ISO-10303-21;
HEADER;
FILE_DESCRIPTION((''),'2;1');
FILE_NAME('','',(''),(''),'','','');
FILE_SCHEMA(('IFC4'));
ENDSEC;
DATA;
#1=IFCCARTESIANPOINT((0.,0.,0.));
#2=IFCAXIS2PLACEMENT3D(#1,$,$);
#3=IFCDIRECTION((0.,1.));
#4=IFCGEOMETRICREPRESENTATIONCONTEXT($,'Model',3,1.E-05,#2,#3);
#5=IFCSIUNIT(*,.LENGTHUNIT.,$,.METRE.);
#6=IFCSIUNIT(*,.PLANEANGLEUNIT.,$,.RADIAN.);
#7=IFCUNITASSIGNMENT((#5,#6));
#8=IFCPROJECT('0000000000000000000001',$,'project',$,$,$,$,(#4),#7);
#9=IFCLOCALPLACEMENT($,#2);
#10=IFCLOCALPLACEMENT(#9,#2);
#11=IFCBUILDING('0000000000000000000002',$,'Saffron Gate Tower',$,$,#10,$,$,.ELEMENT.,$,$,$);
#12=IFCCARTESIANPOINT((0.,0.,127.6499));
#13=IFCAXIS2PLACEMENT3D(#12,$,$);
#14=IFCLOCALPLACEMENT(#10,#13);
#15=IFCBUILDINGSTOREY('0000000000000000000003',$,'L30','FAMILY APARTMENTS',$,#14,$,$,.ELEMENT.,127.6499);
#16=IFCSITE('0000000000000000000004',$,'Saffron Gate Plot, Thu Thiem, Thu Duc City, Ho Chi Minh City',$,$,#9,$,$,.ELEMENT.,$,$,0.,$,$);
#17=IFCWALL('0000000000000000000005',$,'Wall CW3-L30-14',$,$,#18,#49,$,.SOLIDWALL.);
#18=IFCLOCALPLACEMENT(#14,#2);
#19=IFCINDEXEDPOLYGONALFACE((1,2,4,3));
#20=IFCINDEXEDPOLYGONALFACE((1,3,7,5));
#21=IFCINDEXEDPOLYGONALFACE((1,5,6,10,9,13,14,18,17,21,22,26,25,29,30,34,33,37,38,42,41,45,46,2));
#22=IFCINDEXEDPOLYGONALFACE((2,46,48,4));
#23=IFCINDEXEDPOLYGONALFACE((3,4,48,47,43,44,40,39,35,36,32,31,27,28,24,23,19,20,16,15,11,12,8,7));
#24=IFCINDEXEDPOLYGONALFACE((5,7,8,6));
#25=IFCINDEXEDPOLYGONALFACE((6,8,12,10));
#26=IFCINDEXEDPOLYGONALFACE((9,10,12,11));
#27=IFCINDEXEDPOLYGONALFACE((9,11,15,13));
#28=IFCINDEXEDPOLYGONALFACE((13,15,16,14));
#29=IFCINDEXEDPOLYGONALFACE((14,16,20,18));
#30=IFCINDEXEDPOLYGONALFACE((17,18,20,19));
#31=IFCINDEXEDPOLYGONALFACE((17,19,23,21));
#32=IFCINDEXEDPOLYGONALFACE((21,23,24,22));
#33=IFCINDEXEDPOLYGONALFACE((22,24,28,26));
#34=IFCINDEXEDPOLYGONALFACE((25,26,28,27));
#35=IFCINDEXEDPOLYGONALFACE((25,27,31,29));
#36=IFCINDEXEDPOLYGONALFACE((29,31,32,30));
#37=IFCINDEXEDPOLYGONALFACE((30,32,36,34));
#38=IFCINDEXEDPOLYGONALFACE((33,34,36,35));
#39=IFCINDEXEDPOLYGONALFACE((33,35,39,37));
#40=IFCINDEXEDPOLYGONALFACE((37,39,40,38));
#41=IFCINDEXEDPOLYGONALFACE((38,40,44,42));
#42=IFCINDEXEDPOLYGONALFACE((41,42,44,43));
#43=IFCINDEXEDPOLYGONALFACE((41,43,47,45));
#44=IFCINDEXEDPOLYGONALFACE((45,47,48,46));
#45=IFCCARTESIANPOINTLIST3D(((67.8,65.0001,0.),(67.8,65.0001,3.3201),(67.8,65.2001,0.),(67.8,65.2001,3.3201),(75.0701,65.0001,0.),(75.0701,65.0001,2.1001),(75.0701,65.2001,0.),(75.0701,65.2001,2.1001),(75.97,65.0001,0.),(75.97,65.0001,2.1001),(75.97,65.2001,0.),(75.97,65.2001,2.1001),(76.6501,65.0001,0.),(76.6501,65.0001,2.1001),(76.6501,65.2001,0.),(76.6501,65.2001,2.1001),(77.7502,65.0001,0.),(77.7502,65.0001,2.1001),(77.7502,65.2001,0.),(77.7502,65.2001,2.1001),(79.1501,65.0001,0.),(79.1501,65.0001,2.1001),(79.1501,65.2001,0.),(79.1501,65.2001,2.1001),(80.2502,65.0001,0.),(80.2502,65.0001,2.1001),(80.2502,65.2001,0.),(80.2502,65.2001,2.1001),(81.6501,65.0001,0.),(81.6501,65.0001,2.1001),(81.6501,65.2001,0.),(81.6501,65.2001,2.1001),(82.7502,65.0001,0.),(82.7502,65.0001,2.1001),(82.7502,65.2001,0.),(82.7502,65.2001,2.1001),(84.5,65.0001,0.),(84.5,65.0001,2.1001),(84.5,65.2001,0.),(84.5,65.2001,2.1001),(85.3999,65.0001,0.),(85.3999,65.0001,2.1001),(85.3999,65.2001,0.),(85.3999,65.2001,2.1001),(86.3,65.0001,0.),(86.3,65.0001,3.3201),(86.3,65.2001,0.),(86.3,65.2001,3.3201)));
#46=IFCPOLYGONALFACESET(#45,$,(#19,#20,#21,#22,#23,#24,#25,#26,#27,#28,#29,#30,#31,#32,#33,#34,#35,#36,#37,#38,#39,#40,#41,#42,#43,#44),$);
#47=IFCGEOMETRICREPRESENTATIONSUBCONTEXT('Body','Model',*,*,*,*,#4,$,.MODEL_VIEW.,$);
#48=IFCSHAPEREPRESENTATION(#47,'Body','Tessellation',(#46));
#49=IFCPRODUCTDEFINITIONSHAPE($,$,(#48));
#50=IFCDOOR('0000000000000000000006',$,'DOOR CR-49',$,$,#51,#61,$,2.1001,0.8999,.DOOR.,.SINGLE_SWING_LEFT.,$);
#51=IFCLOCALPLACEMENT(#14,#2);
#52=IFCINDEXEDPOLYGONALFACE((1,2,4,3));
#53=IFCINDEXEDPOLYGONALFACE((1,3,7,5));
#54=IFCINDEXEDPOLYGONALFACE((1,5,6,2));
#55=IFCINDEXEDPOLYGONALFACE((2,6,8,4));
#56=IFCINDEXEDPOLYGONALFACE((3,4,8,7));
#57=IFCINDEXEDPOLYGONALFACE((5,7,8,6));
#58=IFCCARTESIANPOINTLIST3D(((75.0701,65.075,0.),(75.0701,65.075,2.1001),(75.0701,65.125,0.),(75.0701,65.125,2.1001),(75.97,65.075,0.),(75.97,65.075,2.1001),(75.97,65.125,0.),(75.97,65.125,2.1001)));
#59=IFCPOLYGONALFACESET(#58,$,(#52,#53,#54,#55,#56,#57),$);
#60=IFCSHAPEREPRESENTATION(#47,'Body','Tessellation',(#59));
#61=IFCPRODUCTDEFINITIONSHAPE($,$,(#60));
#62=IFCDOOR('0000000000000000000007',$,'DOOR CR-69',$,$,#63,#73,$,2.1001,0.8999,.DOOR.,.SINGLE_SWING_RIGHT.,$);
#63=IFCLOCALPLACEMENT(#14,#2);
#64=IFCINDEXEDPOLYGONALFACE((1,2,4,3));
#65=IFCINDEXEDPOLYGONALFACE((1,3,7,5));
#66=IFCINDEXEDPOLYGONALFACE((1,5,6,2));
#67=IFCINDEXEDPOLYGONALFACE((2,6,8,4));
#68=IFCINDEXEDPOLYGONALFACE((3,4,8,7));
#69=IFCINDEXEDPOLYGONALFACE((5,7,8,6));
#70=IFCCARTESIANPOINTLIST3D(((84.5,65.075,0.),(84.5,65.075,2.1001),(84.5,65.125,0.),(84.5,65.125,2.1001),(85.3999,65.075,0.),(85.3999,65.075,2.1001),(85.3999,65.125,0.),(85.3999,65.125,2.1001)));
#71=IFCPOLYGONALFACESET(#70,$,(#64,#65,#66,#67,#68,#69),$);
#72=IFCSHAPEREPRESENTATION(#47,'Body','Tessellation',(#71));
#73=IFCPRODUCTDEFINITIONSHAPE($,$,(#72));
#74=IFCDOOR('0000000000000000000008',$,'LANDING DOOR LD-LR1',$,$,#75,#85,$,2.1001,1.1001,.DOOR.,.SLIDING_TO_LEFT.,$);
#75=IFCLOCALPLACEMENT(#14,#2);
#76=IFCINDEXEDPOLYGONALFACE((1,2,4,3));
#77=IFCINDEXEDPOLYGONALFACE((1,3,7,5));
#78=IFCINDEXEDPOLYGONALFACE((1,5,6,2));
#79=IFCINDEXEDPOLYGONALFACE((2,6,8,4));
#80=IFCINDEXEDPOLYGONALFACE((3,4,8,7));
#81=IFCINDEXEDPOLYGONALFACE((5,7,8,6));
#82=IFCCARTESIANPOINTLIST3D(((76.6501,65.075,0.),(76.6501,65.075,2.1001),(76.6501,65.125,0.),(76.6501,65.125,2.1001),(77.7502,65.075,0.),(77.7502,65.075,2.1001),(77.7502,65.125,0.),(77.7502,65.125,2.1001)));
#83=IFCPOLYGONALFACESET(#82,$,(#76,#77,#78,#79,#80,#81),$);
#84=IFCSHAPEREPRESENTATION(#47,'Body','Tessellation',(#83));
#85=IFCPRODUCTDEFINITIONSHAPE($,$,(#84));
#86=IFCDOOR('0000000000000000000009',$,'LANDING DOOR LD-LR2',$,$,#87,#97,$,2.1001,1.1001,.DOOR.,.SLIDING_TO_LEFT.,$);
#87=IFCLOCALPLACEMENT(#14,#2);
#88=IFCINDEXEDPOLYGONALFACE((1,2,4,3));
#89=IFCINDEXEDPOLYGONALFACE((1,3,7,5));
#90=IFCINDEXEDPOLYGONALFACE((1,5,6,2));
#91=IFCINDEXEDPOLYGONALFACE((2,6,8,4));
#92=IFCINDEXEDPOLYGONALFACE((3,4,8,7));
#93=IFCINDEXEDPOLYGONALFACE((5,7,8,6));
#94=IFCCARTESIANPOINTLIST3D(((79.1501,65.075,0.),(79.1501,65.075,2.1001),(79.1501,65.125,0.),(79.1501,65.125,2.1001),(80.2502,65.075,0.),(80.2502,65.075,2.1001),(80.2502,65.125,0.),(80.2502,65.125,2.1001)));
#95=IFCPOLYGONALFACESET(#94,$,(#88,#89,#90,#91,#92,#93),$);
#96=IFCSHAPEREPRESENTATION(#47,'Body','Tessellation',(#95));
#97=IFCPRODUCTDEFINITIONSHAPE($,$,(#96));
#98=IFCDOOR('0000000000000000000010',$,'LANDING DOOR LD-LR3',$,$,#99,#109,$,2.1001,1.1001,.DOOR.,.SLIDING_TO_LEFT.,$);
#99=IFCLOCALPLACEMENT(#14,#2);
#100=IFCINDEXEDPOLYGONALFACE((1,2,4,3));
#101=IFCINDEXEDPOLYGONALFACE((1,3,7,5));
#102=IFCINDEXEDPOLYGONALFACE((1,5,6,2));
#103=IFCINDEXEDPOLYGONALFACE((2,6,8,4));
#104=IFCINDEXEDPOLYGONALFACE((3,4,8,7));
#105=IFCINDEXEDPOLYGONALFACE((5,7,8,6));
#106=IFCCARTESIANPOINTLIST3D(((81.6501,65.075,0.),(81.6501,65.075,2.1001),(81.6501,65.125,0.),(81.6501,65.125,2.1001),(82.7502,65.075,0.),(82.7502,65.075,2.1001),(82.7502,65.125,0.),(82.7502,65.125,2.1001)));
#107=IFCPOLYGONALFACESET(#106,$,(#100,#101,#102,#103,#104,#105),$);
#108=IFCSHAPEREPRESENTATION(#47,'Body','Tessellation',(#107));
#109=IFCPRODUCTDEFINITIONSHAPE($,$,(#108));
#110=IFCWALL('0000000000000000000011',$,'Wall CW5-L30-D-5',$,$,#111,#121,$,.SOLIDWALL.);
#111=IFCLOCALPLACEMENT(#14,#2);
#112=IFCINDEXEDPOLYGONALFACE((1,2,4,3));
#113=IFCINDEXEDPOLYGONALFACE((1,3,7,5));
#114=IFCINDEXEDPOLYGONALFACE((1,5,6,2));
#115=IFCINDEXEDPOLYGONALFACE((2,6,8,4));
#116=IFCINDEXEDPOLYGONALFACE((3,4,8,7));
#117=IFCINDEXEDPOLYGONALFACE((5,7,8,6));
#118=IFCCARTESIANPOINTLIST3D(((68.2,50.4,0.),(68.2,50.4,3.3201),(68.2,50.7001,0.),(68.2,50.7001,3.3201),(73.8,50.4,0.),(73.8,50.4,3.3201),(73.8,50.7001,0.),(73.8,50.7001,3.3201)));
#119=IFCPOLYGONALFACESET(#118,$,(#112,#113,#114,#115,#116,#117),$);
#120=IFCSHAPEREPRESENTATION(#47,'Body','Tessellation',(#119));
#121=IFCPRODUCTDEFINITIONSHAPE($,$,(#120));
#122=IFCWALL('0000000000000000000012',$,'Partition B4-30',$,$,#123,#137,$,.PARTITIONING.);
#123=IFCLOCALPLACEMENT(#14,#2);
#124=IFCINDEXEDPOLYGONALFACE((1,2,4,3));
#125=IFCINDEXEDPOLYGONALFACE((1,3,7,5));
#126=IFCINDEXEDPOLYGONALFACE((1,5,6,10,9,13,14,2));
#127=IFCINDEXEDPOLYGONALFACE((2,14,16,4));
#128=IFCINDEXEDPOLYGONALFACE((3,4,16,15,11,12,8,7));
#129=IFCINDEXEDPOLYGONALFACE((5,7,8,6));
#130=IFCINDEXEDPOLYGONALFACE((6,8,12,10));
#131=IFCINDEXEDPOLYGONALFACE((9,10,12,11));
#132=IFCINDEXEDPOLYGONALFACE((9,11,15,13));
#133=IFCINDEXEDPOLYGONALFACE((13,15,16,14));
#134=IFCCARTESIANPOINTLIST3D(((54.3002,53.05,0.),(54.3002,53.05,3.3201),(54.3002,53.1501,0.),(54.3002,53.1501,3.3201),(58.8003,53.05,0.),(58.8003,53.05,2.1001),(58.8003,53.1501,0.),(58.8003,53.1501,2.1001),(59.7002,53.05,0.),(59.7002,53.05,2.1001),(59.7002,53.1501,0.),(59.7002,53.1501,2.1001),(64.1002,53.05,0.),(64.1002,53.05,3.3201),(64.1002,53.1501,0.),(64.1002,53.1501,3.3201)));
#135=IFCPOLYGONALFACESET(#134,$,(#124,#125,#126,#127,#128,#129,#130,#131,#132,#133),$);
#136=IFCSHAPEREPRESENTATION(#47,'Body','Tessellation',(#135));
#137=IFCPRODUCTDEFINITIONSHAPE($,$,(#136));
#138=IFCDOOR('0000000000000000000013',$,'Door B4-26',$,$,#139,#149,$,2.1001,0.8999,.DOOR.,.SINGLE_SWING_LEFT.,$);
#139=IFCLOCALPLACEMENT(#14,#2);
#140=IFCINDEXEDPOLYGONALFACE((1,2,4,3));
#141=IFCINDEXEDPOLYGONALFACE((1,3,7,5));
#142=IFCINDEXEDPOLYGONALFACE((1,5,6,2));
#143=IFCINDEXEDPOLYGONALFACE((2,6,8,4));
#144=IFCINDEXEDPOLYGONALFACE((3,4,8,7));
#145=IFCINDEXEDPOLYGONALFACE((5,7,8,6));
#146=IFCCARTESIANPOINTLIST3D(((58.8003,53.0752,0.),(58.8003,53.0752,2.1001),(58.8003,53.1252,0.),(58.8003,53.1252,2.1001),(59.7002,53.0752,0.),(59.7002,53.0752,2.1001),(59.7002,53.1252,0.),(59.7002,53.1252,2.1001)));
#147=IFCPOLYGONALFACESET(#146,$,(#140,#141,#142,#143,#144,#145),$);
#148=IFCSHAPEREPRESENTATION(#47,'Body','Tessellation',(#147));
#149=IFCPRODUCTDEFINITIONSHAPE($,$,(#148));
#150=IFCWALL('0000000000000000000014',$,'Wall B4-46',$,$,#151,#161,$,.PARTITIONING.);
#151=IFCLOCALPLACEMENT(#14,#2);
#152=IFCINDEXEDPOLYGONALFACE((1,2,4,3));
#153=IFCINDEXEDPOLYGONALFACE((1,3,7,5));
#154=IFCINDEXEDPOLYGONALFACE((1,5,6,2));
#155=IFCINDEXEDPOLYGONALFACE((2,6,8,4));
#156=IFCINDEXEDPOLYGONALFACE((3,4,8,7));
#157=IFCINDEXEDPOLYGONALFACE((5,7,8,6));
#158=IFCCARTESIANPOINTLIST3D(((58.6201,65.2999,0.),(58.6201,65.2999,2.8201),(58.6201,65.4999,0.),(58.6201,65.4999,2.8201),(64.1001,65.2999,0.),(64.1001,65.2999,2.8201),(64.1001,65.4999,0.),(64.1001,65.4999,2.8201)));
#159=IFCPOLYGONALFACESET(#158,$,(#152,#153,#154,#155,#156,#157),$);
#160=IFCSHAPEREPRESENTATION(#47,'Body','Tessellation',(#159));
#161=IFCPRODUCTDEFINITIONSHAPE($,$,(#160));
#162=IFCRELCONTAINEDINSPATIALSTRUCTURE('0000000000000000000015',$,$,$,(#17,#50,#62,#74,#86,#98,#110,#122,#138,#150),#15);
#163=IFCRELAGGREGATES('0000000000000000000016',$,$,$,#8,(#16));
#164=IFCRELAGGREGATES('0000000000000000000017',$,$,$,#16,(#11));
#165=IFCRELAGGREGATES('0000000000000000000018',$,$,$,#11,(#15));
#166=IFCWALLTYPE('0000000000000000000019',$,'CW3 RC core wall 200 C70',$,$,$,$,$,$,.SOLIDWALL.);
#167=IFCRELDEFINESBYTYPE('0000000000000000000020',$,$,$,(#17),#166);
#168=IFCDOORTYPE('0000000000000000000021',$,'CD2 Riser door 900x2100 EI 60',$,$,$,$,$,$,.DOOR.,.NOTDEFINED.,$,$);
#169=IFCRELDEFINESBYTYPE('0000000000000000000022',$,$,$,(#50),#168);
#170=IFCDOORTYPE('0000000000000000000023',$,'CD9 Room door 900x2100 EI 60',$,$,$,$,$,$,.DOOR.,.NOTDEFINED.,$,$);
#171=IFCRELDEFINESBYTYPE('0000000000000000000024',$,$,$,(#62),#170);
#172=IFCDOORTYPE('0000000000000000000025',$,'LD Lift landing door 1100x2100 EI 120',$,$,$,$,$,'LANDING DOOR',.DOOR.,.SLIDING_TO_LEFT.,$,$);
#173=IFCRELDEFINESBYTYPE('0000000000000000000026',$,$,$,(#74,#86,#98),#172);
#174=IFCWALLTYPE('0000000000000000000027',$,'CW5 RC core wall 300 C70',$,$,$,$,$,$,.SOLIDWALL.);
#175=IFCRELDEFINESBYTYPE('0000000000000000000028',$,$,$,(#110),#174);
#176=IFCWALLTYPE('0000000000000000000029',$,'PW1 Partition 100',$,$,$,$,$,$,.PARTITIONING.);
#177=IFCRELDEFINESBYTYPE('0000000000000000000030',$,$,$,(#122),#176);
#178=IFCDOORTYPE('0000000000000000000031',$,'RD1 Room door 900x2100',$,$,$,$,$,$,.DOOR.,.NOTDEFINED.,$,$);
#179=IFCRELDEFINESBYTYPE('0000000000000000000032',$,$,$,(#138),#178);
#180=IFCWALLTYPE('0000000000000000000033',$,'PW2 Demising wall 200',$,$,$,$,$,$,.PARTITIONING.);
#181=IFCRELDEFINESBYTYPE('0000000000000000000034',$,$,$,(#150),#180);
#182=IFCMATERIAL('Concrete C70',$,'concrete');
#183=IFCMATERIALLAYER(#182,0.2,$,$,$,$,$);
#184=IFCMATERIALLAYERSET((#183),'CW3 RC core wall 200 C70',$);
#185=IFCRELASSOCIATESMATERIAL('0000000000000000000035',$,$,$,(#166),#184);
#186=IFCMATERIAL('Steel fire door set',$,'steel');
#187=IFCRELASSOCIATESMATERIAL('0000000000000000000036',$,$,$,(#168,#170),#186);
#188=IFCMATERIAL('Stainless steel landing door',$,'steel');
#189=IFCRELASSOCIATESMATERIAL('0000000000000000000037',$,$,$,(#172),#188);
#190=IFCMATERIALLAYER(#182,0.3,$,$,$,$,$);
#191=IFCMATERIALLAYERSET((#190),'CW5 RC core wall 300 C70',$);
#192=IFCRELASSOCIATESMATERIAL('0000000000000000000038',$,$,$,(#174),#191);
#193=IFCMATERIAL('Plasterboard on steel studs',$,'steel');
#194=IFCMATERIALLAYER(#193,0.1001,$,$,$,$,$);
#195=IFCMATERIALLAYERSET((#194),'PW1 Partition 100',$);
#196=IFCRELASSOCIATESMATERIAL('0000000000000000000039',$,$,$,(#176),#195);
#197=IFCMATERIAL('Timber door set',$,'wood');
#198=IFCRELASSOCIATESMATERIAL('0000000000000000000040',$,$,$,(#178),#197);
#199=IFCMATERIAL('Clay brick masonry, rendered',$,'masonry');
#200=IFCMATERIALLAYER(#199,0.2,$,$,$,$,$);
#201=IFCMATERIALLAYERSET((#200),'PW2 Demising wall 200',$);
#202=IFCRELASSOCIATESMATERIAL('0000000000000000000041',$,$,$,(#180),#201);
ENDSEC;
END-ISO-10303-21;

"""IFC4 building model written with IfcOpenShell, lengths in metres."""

from ifc_helpers import new_model, si_unit, direction, frame, frame_2d, origin, place, context, subcontext, project, spatial, rectangle, extrude, material, layer, layer_set, type_object, element, fill, save


model = new_model("IFC4")

# Units and contexts
model_context = context("Model", 3, precision=1e-05, world=origin(), true_north=direction((0.0, 1.0)))
body_context = subcontext(model_context, "Body", "Model", "MODEL_VIEW")
ifc_project = project(units=[si_unit("LENGTHUNIT", "METRE"), si_unit("PLANEANGLEUNIT", "RADIAN")], contexts=[model_context])

# Site, building, storey
site_placement = place(None, origin())
site = spatial("IfcSite", under=ifc_project, at=site_placement, Name="Saffron Gate Plot, Thu Thiem, Thu Duc City, Ho Chi Minh City", CompositionType="ELEMENT", RefElevation=0.0)
building_placement = place(site_placement, origin())
building = spatial("IfcBuilding", under=site, at=building_placement, Name="Saffron Gate Tower", CompositionType="ELEMENT")
storey_placement = place(building_placement, frame((0.0, 0.0, 127.6499)))
storey = spatial("IfcBuildingStorey", under=building, at=storey_placement, Name="L30", Description="FAMILY APARTMENTS", CompositionType="ELEMENT", Elevation=127.6499)

# Shared definitions
ifc_material_1 = material(Name="Concrete C70", Category="concrete")
ifc_material_2 = material(Name="Steel fire door set", Category="steel")

# Wall, openings, doors
ifc_layer_1 = layer(ifc_material_1, 0.2)
ifc_layer_set_1 = layer_set([ifc_layer_1], Name="CW3 RC core wall 200 C70")
wall_type_1 = type_object("IfcWallType", Name="CW3 RC core wall 200 C70", PredefinedType="SOLIDWALL", material=ifc_layer_set_1)
wall_1_placement = place(storey_placement, frame((67.8, 65.1001, 0.0), z_axis=(0.0, 0.0, 1.0), x_axis=(1.0, 0.0, 0.0)))
wall_1 = element("IfcWall", 1, at=wall_1_placement, inside=storey, type_object=wall_type_1, Name="Wall CW3-L30-14", PredefinedType="SOLIDWALL", context=body_context, shape_type="SweptSolid", body=[
    extrude(rectangle(XDim=18.5, YDim=0.2, at=frame_2d((9.25, 0.0))), origin(), (0.0, 0.0, 1.0), 3.3201),
])
opening_1_placement = place(wall_1_placement, frame((7.27, 0.0, 0.0)))
opening_1 = element("IfcOpeningElement", 2, at=opening_1_placement, cuts=wall_1, PredefinedType="OPENING", context=body_context, shape_type="SweptSolid", body=[
    extrude(rectangle(XDim=0.8999, YDim=2.1001, at=frame_2d((0.45, 1.05))), frame((0.0, 0.1099, 0.0), z_axis=(0.0, -1.0, 0.0), x_axis=(1.0, 0.0, 0.0)), (0.0, 0.0, 1.0), 0.22),
])
opening_2_placement = place(wall_1_placement, frame((8.8501, 0.0, 0.0)))
opening_2 = element("IfcOpeningElement", 3, at=opening_2_placement, cuts=wall_1, PredefinedType="OPENING", context=body_context, shape_type="SweptSolid", body=[
    extrude(rectangle(XDim=1.1001, YDim=2.1001, at=frame_2d((0.55, 1.05))), frame((0.0, 0.1099, 0.0), z_axis=(0.0, -1.0, 0.0), x_axis=(1.0, 0.0, 0.0)), (0.0, 0.0, 1.0), 0.22),
])
opening_3_placement = place(wall_1_placement, frame((11.3501, 0.0, 0.0)))
opening_3 = element("IfcOpeningElement", 4, at=opening_3_placement, cuts=wall_1, PredefinedType="OPENING", context=body_context, shape_type="SweptSolid", body=[
    extrude(rectangle(XDim=1.1001, YDim=2.1001, at=frame_2d((0.55, 1.05))), frame((0.0, 0.1099, 0.0), z_axis=(0.0, -1.0, 0.0), x_axis=(1.0, 0.0, 0.0)), (0.0, 0.0, 1.0), 0.22),
])
opening_4_placement = place(wall_1_placement, frame((13.8501, 0.0, 0.0)))
opening_4 = element("IfcOpeningElement", 5, at=opening_4_placement, cuts=wall_1, PredefinedType="OPENING", context=body_context, shape_type="SweptSolid", body=[
    extrude(rectangle(XDim=1.1001, YDim=2.1001, at=frame_2d((0.55, 1.05))), frame((0.0, 0.1099, 0.0), z_axis=(0.0, -1.0, 0.0), x_axis=(1.0, 0.0, 0.0)), (0.0, 0.0, 1.0), 0.22),
])
opening_5_placement = place(wall_1_placement, frame((16.7, 0.0, 0.0)))
opening_5 = element("IfcOpeningElement", 6, at=opening_5_placement, cuts=wall_1, PredefinedType="OPENING", context=body_context, shape_type="SweptSolid", body=[
    extrude(rectangle(XDim=0.8999, YDim=2.1001, at=frame_2d((0.45, 1.05))), frame((0.0, 0.1099, 0.0), z_axis=(0.0, -1.0, 0.0), x_axis=(1.0, 0.0, 0.0)), (0.0, 0.0, 1.0), 0.22),
])
door_type_1 = type_object("IfcDoorType", Name="CD2 Riser door 900x2100 EI 60", OperationType="NOTDEFINED", PredefinedType="DOOR", material=ifc_material_2)
door_1_placement = place(opening_1_placement, origin())
door_1 = element("IfcDoor", 7, at=door_1_placement, inside=storey, type_object=door_type_1, Name="DOOR CR-49", OperationType="SINGLE_SWING_LEFT", OverallHeight=2.1001, OverallWidth=0.8999, PredefinedType="DOOR", context=body_context, shape_type="SweptSolid", body=[
    extrude(rectangle(XDim=0.8999, YDim=2.1001, at=frame_2d((0.45, 1.05))), frame((0.0, 0.0249, 0.0), z_axis=(0.0, -1.0, 0.0), x_axis=(1.0, 0.0, 0.0)), (0.0, 0.0, 1.0), 0.05),
])
fill(opening_1, door_1)
door_type_2 = type_object("IfcDoorType", Name="CD9 Room door 900x2100 EI 60", OperationType="NOTDEFINED", PredefinedType="DOOR", material=ifc_material_2)
door_2_placement = place(opening_5_placement, origin())
door_2 = element("IfcDoor", 8, at=door_2_placement, inside=storey, type_object=door_type_2, Name="DOOR CR-69", OperationType="SINGLE_SWING_RIGHT", OverallHeight=2.1001, OverallWidth=0.8999, PredefinedType="DOOR", context=body_context, shape_type="SweptSolid", body=[
    extrude(rectangle(XDim=0.8999, YDim=2.1001, at=frame_2d((0.45, 1.05))), frame((0.0, 0.0249, 0.0), z_axis=(0.0, -1.0, 0.0), x_axis=(1.0, 0.0, 0.0)), (0.0, 0.0, 1.0), 0.05),
])
fill(opening_5, door_2)
ifc_material_3 = material(Name="Stainless steel landing door", Category="steel")
door_type_3 = type_object("IfcDoorType", Name="LD Lift landing door 1100x2100 EI 120", ElementType="LANDING DOOR", OperationType="SLIDING_TO_LEFT", PredefinedType="DOOR", material=ifc_material_3)
door_3_placement = place(opening_2_placement, origin())
door_3 = element("IfcDoor", 9, at=door_3_placement, inside=storey, type_object=door_type_3, Name="LANDING DOOR LD-LR1", OperationType="SLIDING_TO_LEFT", OverallHeight=2.1001, OverallWidth=1.1001, PredefinedType="DOOR", context=body_context, shape_type="SweptSolid", body=[
    extrude(rectangle(XDim=1.1001, YDim=2.1001, at=frame_2d((0.55, 1.05))), frame((0.0, 0.0249, 0.0), z_axis=(0.0, -1.0, 0.0), x_axis=(1.0, 0.0, 0.0)), (0.0, 0.0, 1.0), 0.05),
])
fill(opening_2, door_3)
door_4_placement = place(opening_3_placement, origin())
door_4 = element("IfcDoor", 10, at=door_4_placement, inside=storey, type_object=door_type_3, Name="LANDING DOOR LD-LR2", OperationType="SLIDING_TO_LEFT", OverallHeight=2.1001, OverallWidth=1.1001, PredefinedType="DOOR", context=body_context, shape_type="SweptSolid", body=[
    extrude(rectangle(XDim=1.1001, YDim=2.1001, at=frame_2d((0.55, 1.05))), frame((0.0, 0.0249, 0.0), z_axis=(0.0, -1.0, 0.0), x_axis=(1.0, 0.0, 0.0)), (0.0, 0.0, 1.0), 0.05),
])
fill(opening_3, door_4)
door_5_placement = place(opening_4_placement, origin())
door_5 = element("IfcDoor", 11, at=door_5_placement, inside=storey, type_object=door_type_3, Name="LANDING DOOR LD-LR3", OperationType="SLIDING_TO_LEFT", OverallHeight=2.1001, OverallWidth=1.1001, PredefinedType="DOOR", context=body_context, shape_type="SweptSolid", body=[
    extrude(rectangle(XDim=1.1001, YDim=2.1001, at=frame_2d((0.55, 1.05))), frame((0.0, 0.0249, 0.0), z_axis=(0.0, -1.0, 0.0), x_axis=(1.0, 0.0, 0.0)), (0.0, 0.0, 1.0), 0.05),
])
fill(opening_4, door_5)

# Wall
ifc_layer_2 = layer(ifc_material_1, 0.3)
ifc_layer_set_2 = layer_set([ifc_layer_2], Name="CW5 RC core wall 300 C70")
wall_type_2 = type_object("IfcWallType", Name="CW5 RC core wall 300 C70", PredefinedType="SOLIDWALL", material=ifc_layer_set_2)
wall_2_placement = place(storey_placement, frame((68.2, 50.55, 0.0), z_axis=(0.0, 0.0, 1.0), x_axis=(1.0, 0.0, 0.0)))
element("IfcWall", 12, at=wall_2_placement, inside=storey, type_object=wall_type_2, Name="Wall CW5-L30-D-5", PredefinedType="SOLIDWALL", context=body_context, shape_type="SweptSolid", body=[
    extrude(rectangle(XDim=5.6001, YDim=0.3, at=frame_2d((2.8, 0.0))), origin(), (0.0, 0.0, 1.0), 3.3201),
])

# Wall, opening, door
ifc_material_4 = material(Name="Plasterboard on steel studs", Category="steel")
ifc_layer_3 = layer(ifc_material_4, 0.1001)
ifc_layer_set_3 = layer_set([ifc_layer_3], Name="PW1 Partition 100")
wall_type_3 = type_object("IfcWallType", Name="PW1 Partition 100", PredefinedType="PARTITIONING", material=ifc_layer_set_3)
wall_3_placement = place(storey_placement, frame((64.1001, 53.1001, 0.0), z_axis=(0.0, 0.0, 1.0), x_axis=(-1.0, 0.0, 0.0)))
wall_3 = element("IfcWall", 13, at=wall_3_placement, inside=storey, type_object=wall_type_3, Name="Partition B4-30", PredefinedType="PARTITIONING", context=body_context, shape_type="SweptSolid", body=[
    extrude(rectangle(XDim=9.8, YDim=0.1001, at=frame_2d((4.8999, 0.0))), origin(), (0.0, 0.0, 1.0), 3.3201),
])
opening_6_placement = place(wall_3_placement, frame((4.3999, 0.0, 0.0)))
opening_6 = element("IfcOpeningElement", 14, at=opening_6_placement, cuts=wall_3, PredefinedType="OPENING", context=body_context, shape_type="SweptSolid", body=[
    extrude(rectangle(XDim=0.8999, YDim=2.1001, at=frame_2d((0.45, 1.05))), frame((0.0, 0.0601, 0.0), z_axis=(0.0, -1.0, 0.0), x_axis=(1.0, 0.0, 0.0)), (0.0, 0.0, 1.0), 0.1201),
])
ifc_material_5 = material(Name="Timber door set", Category="wood")
door_type_4 = type_object("IfcDoorType", Name="RD1 Room door 900x2100", OperationType="NOTDEFINED", PredefinedType="DOOR", material=ifc_material_5)
door_6_placement = place(opening_6_placement, origin())
door_6 = element("IfcDoor", 15, at=door_6_placement, inside=storey, type_object=door_type_4, Name="Door B4-26", OperationType="SINGLE_SWING_LEFT", OverallHeight=2.1001, OverallWidth=0.8999, PredefinedType="DOOR", context=body_context, shape_type="SweptSolid", body=[
    extrude(rectangle(XDim=0.8999, YDim=2.1001, at=frame_2d((0.45, 1.05))), frame((0.0, 0.0249, 0.0), z_axis=(0.0, -1.0, 0.0), x_axis=(1.0, 0.0, 0.0)), (0.0, 0.0, 1.0), 0.05),
])
fill(opening_6, door_6)

# Wall
ifc_material_6 = material(Name="Clay brick masonry, rendered", Category="masonry")
ifc_layer_4 = layer(ifc_material_6, 0.2)
ifc_layer_set_4 = layer_set([ifc_layer_4], Name="PW2 Demising wall 200")
wall_type_4 = type_object("IfcWallType", Name="PW2 Demising wall 200", PredefinedType="PARTITIONING", material=ifc_layer_set_4)
wall_4_placement = place(storey_placement, frame((58.6201, 65.3999, 0.0), z_axis=(0.0, 0.0, 1.0), x_axis=(1.0, 0.0, 0.0)))
element("IfcWall", 16, at=wall_4_placement, inside=storey, type_object=wall_type_4, Name="Wall B4-46", PredefinedType="PARTITIONING", context=body_context, shape_type="SweptSolid", body=[
    extrude(rectangle(XDim=5.48, YDim=0.2, at=frame_2d((2.74, 0.0))), origin(), (0.0, 0.0, 1.0), 2.8201),
])

save(model, "model.ifc")
